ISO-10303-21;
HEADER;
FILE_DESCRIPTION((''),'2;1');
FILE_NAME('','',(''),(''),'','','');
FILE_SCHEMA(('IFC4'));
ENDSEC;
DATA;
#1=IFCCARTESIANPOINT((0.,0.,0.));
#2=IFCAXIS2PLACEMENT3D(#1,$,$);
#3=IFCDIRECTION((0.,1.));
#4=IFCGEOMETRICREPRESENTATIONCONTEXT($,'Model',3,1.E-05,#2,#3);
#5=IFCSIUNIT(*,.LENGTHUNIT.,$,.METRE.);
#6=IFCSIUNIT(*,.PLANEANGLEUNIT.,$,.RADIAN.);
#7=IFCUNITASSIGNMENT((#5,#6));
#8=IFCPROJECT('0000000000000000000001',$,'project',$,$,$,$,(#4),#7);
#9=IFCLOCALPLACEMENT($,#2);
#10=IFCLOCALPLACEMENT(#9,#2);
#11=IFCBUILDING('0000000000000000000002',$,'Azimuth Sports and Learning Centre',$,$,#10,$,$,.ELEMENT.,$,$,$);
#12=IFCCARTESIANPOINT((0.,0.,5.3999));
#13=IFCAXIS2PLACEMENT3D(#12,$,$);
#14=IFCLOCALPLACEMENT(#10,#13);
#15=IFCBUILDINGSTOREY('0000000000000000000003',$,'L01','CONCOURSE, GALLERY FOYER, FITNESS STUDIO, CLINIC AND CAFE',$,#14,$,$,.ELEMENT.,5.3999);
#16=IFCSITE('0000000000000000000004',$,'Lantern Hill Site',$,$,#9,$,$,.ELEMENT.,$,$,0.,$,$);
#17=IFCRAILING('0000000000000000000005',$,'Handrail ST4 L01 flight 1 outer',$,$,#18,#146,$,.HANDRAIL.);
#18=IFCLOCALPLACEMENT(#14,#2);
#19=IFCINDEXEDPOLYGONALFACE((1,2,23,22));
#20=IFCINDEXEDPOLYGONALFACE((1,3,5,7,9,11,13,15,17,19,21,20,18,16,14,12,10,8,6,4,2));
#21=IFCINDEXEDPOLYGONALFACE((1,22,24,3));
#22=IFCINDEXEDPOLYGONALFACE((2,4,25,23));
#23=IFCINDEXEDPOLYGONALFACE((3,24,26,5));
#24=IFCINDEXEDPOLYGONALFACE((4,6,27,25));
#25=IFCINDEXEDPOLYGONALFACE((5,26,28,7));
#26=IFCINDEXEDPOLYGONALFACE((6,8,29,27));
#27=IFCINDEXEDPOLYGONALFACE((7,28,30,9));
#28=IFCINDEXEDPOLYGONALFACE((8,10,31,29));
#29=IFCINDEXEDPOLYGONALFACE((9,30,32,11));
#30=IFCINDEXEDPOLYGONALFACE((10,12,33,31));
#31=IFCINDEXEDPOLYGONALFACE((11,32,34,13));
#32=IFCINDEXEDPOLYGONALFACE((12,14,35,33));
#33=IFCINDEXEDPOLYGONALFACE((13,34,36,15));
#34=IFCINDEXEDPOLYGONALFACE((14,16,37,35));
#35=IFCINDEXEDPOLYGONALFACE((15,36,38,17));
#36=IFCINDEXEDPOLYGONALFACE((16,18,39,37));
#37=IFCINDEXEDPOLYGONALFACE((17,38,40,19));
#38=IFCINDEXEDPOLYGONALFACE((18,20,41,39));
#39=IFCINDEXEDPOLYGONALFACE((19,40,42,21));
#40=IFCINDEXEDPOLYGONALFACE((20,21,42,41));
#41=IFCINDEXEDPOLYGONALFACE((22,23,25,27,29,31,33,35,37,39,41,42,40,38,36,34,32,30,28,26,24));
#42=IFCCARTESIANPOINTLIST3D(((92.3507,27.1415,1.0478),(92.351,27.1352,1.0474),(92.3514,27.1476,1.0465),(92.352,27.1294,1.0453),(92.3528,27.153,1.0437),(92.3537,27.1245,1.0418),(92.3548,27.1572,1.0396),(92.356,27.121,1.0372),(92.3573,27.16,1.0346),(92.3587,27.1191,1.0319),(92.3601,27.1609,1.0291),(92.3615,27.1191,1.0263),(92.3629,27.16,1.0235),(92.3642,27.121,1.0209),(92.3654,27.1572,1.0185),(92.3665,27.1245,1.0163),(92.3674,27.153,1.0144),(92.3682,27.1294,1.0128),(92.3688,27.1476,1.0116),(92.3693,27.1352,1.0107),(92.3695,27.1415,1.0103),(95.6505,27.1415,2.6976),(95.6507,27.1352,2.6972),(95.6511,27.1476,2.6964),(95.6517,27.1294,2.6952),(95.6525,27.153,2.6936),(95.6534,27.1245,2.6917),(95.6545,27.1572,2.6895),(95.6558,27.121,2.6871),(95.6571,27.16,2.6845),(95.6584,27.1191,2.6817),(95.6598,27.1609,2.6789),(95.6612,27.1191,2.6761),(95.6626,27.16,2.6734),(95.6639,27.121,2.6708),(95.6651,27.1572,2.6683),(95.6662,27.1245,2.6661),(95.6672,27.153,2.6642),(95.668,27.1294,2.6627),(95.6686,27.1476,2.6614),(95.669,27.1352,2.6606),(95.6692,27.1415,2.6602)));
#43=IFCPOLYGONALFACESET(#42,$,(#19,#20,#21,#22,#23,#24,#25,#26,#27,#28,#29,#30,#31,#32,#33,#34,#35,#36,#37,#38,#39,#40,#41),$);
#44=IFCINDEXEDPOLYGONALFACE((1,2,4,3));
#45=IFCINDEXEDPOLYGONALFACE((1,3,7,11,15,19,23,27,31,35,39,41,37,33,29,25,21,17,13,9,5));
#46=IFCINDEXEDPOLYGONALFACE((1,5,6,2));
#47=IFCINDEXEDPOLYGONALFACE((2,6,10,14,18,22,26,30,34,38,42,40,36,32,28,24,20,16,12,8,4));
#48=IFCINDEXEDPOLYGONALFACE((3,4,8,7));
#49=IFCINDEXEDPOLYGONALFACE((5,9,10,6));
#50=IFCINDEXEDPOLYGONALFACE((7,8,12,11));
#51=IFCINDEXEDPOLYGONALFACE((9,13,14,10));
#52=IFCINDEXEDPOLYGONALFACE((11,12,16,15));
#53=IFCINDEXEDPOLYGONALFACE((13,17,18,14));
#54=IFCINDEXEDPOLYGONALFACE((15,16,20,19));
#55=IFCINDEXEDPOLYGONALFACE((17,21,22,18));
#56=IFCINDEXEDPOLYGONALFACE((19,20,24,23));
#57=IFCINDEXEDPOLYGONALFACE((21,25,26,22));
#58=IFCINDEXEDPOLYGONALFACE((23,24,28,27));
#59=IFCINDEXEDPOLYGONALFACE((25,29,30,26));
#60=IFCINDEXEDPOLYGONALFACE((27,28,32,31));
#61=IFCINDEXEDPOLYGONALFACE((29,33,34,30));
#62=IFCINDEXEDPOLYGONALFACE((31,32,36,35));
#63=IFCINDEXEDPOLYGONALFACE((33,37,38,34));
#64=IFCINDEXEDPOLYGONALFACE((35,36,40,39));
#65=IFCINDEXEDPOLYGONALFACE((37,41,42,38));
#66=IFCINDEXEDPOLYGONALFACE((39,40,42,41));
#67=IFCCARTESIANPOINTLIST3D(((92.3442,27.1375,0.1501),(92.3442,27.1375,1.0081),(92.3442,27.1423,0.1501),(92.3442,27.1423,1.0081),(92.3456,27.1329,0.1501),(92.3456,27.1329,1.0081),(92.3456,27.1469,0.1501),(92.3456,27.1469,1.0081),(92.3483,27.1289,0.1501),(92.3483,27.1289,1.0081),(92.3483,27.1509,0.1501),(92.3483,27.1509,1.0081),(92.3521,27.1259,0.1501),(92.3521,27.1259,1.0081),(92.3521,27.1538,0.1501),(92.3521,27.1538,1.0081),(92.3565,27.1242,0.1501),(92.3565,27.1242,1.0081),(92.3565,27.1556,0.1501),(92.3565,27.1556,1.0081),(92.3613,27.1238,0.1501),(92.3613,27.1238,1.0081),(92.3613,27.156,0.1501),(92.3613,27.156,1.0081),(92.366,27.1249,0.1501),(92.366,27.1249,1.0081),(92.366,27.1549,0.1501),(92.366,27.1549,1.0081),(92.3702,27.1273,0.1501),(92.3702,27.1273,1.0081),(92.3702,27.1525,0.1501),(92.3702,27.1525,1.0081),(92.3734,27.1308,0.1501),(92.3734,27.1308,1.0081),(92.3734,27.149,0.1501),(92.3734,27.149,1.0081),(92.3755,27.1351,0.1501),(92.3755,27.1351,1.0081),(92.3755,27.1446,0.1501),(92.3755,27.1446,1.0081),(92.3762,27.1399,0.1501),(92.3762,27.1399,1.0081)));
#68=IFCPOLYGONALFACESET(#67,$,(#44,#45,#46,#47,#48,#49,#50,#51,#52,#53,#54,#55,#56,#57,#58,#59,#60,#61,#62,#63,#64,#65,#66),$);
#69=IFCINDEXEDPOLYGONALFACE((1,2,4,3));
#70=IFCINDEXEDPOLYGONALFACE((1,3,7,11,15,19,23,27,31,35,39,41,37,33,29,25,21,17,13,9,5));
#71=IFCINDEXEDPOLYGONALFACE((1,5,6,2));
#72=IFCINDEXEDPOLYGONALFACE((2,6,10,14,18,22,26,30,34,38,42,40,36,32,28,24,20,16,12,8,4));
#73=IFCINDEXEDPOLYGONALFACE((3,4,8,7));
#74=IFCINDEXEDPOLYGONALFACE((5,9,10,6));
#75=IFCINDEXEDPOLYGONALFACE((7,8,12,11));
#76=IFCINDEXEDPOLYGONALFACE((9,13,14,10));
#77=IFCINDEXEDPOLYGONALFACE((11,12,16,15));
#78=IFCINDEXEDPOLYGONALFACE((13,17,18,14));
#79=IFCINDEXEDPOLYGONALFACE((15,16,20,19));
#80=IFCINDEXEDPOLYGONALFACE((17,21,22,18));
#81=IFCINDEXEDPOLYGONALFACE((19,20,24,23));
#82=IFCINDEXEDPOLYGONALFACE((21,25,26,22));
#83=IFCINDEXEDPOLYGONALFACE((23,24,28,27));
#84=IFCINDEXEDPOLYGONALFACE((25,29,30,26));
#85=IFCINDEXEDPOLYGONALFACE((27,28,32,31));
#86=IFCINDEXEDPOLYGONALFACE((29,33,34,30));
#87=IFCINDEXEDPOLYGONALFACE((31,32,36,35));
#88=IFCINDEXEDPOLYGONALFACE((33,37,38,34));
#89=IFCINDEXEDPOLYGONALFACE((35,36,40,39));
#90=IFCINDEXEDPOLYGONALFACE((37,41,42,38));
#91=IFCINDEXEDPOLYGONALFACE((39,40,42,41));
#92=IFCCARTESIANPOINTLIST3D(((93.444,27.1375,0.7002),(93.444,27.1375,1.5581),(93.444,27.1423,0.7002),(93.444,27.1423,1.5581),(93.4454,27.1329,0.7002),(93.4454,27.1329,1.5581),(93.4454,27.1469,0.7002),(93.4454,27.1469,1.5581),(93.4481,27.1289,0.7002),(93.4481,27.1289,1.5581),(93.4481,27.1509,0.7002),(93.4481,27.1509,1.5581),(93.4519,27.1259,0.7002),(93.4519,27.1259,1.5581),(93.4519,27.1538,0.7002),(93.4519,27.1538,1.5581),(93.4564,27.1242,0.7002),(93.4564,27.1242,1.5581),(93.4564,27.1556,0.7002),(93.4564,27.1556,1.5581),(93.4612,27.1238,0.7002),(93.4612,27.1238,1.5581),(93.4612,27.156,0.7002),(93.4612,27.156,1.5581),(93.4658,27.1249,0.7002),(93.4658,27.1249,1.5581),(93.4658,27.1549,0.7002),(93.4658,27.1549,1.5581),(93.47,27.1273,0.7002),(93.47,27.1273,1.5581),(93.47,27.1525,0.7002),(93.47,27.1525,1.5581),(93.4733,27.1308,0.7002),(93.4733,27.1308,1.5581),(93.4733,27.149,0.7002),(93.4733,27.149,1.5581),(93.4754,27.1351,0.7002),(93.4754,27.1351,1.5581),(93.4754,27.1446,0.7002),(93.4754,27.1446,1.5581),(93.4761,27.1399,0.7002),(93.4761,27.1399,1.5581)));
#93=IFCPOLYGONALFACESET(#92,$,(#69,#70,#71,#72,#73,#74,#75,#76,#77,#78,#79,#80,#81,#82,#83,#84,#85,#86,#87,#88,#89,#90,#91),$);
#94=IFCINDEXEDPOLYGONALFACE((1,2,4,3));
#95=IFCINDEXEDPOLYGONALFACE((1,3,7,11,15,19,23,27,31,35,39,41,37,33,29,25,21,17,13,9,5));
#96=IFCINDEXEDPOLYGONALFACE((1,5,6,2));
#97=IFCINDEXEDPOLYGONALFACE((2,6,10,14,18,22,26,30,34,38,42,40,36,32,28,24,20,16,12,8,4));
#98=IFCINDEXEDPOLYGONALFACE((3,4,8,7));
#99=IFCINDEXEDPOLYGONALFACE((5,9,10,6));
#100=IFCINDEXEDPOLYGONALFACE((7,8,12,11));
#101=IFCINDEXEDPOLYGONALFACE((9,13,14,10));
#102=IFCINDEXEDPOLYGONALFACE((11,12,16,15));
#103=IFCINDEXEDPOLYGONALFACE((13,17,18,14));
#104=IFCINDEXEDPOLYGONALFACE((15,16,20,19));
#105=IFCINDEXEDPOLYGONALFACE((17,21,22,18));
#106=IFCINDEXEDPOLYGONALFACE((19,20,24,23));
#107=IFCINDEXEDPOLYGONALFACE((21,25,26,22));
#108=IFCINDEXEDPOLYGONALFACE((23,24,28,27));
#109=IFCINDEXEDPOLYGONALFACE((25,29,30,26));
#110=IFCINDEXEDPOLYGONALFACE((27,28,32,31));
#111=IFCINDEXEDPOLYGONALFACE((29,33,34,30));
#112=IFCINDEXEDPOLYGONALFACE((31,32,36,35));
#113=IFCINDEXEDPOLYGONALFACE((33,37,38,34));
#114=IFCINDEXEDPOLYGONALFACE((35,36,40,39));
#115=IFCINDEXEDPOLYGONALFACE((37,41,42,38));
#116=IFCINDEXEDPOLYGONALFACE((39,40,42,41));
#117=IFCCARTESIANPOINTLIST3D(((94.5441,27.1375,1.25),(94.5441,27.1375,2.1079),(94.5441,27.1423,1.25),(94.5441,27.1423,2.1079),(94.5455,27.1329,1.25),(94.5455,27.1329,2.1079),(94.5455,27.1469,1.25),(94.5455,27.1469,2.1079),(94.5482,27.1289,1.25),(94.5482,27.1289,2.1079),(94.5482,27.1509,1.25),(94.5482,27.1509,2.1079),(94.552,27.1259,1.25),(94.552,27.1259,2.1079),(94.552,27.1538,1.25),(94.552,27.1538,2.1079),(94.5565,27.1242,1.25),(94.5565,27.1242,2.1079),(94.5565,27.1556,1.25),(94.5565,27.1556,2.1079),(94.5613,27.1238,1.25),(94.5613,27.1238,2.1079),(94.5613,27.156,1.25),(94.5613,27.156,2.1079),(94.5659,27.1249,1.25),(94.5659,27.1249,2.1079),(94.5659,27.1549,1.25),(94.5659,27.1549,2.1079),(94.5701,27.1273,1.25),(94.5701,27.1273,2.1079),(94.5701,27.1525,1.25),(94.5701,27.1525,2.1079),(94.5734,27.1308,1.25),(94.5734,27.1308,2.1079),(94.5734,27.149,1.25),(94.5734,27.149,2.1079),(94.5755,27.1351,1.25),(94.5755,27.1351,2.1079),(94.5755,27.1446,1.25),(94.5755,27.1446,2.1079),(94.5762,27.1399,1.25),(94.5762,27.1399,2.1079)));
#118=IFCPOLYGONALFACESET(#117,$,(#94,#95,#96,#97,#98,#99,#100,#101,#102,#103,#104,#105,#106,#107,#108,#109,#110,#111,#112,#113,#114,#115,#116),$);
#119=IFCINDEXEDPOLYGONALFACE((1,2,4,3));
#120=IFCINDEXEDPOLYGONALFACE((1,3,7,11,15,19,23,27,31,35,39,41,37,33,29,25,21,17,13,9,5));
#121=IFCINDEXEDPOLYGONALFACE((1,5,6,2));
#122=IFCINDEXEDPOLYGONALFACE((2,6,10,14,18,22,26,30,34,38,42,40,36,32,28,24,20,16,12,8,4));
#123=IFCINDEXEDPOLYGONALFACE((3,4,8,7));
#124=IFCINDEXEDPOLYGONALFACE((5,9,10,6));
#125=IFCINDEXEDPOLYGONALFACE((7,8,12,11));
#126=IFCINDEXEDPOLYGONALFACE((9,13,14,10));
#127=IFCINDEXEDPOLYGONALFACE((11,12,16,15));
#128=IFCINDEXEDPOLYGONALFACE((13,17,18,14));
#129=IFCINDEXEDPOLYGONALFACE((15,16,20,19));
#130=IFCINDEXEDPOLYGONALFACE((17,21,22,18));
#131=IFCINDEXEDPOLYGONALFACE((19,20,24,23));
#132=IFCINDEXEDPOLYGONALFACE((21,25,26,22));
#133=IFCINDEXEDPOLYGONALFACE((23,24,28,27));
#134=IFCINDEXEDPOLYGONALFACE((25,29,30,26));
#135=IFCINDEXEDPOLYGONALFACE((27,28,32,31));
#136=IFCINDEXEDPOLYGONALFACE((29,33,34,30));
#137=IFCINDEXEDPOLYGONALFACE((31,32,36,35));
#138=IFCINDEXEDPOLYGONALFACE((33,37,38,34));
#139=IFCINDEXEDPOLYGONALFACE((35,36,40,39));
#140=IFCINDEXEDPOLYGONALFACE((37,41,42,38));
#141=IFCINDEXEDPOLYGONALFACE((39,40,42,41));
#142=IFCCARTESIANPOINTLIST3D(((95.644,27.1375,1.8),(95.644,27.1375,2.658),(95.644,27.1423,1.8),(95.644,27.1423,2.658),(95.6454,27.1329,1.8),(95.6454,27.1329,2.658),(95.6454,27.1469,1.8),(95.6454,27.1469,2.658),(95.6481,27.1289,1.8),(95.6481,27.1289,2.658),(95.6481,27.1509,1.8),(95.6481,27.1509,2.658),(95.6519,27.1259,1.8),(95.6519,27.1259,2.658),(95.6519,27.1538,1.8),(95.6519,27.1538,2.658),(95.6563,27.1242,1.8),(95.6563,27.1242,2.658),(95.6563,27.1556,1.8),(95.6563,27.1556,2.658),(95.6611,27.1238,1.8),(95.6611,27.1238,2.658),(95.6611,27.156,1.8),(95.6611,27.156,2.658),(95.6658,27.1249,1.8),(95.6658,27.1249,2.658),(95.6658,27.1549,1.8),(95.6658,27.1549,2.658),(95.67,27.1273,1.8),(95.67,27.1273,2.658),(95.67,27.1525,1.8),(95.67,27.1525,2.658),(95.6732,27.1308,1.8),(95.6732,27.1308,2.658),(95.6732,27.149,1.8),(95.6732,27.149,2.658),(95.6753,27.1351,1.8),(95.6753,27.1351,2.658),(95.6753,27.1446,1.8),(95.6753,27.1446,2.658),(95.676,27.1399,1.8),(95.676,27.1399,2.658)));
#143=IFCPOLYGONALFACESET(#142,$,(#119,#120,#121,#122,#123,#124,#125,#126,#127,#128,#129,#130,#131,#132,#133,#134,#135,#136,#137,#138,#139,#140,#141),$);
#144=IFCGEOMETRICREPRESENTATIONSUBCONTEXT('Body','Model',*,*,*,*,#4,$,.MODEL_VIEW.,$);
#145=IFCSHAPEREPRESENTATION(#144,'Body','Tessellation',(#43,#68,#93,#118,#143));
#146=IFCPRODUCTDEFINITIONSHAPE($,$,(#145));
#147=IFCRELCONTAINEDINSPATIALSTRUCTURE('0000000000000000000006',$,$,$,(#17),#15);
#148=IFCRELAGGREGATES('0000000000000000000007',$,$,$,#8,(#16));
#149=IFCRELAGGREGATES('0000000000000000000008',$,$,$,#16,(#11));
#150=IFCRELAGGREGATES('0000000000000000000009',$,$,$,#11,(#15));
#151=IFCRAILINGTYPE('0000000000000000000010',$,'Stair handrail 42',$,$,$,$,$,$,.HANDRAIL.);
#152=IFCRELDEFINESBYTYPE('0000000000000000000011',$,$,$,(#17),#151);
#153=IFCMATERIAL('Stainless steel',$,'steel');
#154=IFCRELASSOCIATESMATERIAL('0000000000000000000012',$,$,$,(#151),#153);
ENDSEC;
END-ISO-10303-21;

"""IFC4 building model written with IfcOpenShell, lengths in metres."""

from ifc_helpers import new_model, si_unit, direction, frame, origin, origin_2d, place, context, subcontext, project, spatial, circle, extrude, material, type_object, element, save


model = new_model("IFC4")

# Units and contexts
model_context = context("Model", 3, precision=1e-05, world=origin(), true_north=direction((0.0, 1.0)))
body_context = subcontext(model_context, "Body", "Model", "MODEL_VIEW")
ifc_project = project(units=[si_unit("LENGTHUNIT", "METRE"), si_unit("PLANEANGLEUNIT", "RADIAN")], contexts=[model_context])

# Site, building, storey
site_placement = place(None, origin())
site = spatial("IfcSite", under=ifc_project, at=site_placement, Name="Lantern Hill Site", CompositionType="ELEMENT", RefElevation=0.0)
building_placement = place(site_placement, origin())
building = spatial("IfcBuilding", under=site, at=building_placement, Name="Azimuth Sports and Learning Centre", CompositionType="ELEMENT")
storey_placement = place(building_placement, frame((0.0, 0.0, 5.3999)))
storey = spatial("IfcBuildingStorey", under=building, at=storey_placement, Name="L01", Description="CONCOURSE, GALLERY FOYER, FITNESS STUDIO, CLINIC AND CAFE", CompositionType="ELEMENT", Elevation=5.3999)

# Railing
ifc_material_1 = material(Name="Stainless steel", Category="steel")
railing_type_1 = type_object("IfcRailingType", Name="Stair handrail 42", PredefinedType="HANDRAIL", material=ifc_material_1)
for number, where, name in (
    (1, (92.3601, 27.1399, 0.1501), "Handrail ST4 L01 flight 1 outer"),
):
    element("IfcRailing", number, at=place(storey_placement, frame(where)), inside=storey, type_object=railing_type_1, Name=name, PredefinedType="HANDRAIL", context=body_context, shape_type="SweptSolid", body=[
        extrude(circle(Radius=0.021, at=origin_2d()), frame((0.0, 0.0, 0.8789), z_axis=(0.894427, 0.0, 0.447214), x_axis=(0.0, 1.0, 0.0)), (0.0, 0.0, 1.0), 3.6892),
        extrude(circle(Radius=0.0161, at=origin_2d()), origin(), (0.0, 0.0, 1.0), 0.8579),
        extrude(circle(Radius=0.0161, at=origin_2d()), frame((1.0999, 0.0, 0.55)), (0.0, 0.0, 1.0), 0.8579),
        extrude(circle(Radius=0.0161, at=origin_2d()), frame((2.2, 0.0, 1.0999)), (0.0, 0.0, 1.0), 0.8579),
        extrude(circle(Radius=0.0161, at=origin_2d()), frame((3.2998, 0.0, 1.6499)), (0.0, 0.0, 1.0), 0.8579),
    ])

save(model, "model.ifc")
